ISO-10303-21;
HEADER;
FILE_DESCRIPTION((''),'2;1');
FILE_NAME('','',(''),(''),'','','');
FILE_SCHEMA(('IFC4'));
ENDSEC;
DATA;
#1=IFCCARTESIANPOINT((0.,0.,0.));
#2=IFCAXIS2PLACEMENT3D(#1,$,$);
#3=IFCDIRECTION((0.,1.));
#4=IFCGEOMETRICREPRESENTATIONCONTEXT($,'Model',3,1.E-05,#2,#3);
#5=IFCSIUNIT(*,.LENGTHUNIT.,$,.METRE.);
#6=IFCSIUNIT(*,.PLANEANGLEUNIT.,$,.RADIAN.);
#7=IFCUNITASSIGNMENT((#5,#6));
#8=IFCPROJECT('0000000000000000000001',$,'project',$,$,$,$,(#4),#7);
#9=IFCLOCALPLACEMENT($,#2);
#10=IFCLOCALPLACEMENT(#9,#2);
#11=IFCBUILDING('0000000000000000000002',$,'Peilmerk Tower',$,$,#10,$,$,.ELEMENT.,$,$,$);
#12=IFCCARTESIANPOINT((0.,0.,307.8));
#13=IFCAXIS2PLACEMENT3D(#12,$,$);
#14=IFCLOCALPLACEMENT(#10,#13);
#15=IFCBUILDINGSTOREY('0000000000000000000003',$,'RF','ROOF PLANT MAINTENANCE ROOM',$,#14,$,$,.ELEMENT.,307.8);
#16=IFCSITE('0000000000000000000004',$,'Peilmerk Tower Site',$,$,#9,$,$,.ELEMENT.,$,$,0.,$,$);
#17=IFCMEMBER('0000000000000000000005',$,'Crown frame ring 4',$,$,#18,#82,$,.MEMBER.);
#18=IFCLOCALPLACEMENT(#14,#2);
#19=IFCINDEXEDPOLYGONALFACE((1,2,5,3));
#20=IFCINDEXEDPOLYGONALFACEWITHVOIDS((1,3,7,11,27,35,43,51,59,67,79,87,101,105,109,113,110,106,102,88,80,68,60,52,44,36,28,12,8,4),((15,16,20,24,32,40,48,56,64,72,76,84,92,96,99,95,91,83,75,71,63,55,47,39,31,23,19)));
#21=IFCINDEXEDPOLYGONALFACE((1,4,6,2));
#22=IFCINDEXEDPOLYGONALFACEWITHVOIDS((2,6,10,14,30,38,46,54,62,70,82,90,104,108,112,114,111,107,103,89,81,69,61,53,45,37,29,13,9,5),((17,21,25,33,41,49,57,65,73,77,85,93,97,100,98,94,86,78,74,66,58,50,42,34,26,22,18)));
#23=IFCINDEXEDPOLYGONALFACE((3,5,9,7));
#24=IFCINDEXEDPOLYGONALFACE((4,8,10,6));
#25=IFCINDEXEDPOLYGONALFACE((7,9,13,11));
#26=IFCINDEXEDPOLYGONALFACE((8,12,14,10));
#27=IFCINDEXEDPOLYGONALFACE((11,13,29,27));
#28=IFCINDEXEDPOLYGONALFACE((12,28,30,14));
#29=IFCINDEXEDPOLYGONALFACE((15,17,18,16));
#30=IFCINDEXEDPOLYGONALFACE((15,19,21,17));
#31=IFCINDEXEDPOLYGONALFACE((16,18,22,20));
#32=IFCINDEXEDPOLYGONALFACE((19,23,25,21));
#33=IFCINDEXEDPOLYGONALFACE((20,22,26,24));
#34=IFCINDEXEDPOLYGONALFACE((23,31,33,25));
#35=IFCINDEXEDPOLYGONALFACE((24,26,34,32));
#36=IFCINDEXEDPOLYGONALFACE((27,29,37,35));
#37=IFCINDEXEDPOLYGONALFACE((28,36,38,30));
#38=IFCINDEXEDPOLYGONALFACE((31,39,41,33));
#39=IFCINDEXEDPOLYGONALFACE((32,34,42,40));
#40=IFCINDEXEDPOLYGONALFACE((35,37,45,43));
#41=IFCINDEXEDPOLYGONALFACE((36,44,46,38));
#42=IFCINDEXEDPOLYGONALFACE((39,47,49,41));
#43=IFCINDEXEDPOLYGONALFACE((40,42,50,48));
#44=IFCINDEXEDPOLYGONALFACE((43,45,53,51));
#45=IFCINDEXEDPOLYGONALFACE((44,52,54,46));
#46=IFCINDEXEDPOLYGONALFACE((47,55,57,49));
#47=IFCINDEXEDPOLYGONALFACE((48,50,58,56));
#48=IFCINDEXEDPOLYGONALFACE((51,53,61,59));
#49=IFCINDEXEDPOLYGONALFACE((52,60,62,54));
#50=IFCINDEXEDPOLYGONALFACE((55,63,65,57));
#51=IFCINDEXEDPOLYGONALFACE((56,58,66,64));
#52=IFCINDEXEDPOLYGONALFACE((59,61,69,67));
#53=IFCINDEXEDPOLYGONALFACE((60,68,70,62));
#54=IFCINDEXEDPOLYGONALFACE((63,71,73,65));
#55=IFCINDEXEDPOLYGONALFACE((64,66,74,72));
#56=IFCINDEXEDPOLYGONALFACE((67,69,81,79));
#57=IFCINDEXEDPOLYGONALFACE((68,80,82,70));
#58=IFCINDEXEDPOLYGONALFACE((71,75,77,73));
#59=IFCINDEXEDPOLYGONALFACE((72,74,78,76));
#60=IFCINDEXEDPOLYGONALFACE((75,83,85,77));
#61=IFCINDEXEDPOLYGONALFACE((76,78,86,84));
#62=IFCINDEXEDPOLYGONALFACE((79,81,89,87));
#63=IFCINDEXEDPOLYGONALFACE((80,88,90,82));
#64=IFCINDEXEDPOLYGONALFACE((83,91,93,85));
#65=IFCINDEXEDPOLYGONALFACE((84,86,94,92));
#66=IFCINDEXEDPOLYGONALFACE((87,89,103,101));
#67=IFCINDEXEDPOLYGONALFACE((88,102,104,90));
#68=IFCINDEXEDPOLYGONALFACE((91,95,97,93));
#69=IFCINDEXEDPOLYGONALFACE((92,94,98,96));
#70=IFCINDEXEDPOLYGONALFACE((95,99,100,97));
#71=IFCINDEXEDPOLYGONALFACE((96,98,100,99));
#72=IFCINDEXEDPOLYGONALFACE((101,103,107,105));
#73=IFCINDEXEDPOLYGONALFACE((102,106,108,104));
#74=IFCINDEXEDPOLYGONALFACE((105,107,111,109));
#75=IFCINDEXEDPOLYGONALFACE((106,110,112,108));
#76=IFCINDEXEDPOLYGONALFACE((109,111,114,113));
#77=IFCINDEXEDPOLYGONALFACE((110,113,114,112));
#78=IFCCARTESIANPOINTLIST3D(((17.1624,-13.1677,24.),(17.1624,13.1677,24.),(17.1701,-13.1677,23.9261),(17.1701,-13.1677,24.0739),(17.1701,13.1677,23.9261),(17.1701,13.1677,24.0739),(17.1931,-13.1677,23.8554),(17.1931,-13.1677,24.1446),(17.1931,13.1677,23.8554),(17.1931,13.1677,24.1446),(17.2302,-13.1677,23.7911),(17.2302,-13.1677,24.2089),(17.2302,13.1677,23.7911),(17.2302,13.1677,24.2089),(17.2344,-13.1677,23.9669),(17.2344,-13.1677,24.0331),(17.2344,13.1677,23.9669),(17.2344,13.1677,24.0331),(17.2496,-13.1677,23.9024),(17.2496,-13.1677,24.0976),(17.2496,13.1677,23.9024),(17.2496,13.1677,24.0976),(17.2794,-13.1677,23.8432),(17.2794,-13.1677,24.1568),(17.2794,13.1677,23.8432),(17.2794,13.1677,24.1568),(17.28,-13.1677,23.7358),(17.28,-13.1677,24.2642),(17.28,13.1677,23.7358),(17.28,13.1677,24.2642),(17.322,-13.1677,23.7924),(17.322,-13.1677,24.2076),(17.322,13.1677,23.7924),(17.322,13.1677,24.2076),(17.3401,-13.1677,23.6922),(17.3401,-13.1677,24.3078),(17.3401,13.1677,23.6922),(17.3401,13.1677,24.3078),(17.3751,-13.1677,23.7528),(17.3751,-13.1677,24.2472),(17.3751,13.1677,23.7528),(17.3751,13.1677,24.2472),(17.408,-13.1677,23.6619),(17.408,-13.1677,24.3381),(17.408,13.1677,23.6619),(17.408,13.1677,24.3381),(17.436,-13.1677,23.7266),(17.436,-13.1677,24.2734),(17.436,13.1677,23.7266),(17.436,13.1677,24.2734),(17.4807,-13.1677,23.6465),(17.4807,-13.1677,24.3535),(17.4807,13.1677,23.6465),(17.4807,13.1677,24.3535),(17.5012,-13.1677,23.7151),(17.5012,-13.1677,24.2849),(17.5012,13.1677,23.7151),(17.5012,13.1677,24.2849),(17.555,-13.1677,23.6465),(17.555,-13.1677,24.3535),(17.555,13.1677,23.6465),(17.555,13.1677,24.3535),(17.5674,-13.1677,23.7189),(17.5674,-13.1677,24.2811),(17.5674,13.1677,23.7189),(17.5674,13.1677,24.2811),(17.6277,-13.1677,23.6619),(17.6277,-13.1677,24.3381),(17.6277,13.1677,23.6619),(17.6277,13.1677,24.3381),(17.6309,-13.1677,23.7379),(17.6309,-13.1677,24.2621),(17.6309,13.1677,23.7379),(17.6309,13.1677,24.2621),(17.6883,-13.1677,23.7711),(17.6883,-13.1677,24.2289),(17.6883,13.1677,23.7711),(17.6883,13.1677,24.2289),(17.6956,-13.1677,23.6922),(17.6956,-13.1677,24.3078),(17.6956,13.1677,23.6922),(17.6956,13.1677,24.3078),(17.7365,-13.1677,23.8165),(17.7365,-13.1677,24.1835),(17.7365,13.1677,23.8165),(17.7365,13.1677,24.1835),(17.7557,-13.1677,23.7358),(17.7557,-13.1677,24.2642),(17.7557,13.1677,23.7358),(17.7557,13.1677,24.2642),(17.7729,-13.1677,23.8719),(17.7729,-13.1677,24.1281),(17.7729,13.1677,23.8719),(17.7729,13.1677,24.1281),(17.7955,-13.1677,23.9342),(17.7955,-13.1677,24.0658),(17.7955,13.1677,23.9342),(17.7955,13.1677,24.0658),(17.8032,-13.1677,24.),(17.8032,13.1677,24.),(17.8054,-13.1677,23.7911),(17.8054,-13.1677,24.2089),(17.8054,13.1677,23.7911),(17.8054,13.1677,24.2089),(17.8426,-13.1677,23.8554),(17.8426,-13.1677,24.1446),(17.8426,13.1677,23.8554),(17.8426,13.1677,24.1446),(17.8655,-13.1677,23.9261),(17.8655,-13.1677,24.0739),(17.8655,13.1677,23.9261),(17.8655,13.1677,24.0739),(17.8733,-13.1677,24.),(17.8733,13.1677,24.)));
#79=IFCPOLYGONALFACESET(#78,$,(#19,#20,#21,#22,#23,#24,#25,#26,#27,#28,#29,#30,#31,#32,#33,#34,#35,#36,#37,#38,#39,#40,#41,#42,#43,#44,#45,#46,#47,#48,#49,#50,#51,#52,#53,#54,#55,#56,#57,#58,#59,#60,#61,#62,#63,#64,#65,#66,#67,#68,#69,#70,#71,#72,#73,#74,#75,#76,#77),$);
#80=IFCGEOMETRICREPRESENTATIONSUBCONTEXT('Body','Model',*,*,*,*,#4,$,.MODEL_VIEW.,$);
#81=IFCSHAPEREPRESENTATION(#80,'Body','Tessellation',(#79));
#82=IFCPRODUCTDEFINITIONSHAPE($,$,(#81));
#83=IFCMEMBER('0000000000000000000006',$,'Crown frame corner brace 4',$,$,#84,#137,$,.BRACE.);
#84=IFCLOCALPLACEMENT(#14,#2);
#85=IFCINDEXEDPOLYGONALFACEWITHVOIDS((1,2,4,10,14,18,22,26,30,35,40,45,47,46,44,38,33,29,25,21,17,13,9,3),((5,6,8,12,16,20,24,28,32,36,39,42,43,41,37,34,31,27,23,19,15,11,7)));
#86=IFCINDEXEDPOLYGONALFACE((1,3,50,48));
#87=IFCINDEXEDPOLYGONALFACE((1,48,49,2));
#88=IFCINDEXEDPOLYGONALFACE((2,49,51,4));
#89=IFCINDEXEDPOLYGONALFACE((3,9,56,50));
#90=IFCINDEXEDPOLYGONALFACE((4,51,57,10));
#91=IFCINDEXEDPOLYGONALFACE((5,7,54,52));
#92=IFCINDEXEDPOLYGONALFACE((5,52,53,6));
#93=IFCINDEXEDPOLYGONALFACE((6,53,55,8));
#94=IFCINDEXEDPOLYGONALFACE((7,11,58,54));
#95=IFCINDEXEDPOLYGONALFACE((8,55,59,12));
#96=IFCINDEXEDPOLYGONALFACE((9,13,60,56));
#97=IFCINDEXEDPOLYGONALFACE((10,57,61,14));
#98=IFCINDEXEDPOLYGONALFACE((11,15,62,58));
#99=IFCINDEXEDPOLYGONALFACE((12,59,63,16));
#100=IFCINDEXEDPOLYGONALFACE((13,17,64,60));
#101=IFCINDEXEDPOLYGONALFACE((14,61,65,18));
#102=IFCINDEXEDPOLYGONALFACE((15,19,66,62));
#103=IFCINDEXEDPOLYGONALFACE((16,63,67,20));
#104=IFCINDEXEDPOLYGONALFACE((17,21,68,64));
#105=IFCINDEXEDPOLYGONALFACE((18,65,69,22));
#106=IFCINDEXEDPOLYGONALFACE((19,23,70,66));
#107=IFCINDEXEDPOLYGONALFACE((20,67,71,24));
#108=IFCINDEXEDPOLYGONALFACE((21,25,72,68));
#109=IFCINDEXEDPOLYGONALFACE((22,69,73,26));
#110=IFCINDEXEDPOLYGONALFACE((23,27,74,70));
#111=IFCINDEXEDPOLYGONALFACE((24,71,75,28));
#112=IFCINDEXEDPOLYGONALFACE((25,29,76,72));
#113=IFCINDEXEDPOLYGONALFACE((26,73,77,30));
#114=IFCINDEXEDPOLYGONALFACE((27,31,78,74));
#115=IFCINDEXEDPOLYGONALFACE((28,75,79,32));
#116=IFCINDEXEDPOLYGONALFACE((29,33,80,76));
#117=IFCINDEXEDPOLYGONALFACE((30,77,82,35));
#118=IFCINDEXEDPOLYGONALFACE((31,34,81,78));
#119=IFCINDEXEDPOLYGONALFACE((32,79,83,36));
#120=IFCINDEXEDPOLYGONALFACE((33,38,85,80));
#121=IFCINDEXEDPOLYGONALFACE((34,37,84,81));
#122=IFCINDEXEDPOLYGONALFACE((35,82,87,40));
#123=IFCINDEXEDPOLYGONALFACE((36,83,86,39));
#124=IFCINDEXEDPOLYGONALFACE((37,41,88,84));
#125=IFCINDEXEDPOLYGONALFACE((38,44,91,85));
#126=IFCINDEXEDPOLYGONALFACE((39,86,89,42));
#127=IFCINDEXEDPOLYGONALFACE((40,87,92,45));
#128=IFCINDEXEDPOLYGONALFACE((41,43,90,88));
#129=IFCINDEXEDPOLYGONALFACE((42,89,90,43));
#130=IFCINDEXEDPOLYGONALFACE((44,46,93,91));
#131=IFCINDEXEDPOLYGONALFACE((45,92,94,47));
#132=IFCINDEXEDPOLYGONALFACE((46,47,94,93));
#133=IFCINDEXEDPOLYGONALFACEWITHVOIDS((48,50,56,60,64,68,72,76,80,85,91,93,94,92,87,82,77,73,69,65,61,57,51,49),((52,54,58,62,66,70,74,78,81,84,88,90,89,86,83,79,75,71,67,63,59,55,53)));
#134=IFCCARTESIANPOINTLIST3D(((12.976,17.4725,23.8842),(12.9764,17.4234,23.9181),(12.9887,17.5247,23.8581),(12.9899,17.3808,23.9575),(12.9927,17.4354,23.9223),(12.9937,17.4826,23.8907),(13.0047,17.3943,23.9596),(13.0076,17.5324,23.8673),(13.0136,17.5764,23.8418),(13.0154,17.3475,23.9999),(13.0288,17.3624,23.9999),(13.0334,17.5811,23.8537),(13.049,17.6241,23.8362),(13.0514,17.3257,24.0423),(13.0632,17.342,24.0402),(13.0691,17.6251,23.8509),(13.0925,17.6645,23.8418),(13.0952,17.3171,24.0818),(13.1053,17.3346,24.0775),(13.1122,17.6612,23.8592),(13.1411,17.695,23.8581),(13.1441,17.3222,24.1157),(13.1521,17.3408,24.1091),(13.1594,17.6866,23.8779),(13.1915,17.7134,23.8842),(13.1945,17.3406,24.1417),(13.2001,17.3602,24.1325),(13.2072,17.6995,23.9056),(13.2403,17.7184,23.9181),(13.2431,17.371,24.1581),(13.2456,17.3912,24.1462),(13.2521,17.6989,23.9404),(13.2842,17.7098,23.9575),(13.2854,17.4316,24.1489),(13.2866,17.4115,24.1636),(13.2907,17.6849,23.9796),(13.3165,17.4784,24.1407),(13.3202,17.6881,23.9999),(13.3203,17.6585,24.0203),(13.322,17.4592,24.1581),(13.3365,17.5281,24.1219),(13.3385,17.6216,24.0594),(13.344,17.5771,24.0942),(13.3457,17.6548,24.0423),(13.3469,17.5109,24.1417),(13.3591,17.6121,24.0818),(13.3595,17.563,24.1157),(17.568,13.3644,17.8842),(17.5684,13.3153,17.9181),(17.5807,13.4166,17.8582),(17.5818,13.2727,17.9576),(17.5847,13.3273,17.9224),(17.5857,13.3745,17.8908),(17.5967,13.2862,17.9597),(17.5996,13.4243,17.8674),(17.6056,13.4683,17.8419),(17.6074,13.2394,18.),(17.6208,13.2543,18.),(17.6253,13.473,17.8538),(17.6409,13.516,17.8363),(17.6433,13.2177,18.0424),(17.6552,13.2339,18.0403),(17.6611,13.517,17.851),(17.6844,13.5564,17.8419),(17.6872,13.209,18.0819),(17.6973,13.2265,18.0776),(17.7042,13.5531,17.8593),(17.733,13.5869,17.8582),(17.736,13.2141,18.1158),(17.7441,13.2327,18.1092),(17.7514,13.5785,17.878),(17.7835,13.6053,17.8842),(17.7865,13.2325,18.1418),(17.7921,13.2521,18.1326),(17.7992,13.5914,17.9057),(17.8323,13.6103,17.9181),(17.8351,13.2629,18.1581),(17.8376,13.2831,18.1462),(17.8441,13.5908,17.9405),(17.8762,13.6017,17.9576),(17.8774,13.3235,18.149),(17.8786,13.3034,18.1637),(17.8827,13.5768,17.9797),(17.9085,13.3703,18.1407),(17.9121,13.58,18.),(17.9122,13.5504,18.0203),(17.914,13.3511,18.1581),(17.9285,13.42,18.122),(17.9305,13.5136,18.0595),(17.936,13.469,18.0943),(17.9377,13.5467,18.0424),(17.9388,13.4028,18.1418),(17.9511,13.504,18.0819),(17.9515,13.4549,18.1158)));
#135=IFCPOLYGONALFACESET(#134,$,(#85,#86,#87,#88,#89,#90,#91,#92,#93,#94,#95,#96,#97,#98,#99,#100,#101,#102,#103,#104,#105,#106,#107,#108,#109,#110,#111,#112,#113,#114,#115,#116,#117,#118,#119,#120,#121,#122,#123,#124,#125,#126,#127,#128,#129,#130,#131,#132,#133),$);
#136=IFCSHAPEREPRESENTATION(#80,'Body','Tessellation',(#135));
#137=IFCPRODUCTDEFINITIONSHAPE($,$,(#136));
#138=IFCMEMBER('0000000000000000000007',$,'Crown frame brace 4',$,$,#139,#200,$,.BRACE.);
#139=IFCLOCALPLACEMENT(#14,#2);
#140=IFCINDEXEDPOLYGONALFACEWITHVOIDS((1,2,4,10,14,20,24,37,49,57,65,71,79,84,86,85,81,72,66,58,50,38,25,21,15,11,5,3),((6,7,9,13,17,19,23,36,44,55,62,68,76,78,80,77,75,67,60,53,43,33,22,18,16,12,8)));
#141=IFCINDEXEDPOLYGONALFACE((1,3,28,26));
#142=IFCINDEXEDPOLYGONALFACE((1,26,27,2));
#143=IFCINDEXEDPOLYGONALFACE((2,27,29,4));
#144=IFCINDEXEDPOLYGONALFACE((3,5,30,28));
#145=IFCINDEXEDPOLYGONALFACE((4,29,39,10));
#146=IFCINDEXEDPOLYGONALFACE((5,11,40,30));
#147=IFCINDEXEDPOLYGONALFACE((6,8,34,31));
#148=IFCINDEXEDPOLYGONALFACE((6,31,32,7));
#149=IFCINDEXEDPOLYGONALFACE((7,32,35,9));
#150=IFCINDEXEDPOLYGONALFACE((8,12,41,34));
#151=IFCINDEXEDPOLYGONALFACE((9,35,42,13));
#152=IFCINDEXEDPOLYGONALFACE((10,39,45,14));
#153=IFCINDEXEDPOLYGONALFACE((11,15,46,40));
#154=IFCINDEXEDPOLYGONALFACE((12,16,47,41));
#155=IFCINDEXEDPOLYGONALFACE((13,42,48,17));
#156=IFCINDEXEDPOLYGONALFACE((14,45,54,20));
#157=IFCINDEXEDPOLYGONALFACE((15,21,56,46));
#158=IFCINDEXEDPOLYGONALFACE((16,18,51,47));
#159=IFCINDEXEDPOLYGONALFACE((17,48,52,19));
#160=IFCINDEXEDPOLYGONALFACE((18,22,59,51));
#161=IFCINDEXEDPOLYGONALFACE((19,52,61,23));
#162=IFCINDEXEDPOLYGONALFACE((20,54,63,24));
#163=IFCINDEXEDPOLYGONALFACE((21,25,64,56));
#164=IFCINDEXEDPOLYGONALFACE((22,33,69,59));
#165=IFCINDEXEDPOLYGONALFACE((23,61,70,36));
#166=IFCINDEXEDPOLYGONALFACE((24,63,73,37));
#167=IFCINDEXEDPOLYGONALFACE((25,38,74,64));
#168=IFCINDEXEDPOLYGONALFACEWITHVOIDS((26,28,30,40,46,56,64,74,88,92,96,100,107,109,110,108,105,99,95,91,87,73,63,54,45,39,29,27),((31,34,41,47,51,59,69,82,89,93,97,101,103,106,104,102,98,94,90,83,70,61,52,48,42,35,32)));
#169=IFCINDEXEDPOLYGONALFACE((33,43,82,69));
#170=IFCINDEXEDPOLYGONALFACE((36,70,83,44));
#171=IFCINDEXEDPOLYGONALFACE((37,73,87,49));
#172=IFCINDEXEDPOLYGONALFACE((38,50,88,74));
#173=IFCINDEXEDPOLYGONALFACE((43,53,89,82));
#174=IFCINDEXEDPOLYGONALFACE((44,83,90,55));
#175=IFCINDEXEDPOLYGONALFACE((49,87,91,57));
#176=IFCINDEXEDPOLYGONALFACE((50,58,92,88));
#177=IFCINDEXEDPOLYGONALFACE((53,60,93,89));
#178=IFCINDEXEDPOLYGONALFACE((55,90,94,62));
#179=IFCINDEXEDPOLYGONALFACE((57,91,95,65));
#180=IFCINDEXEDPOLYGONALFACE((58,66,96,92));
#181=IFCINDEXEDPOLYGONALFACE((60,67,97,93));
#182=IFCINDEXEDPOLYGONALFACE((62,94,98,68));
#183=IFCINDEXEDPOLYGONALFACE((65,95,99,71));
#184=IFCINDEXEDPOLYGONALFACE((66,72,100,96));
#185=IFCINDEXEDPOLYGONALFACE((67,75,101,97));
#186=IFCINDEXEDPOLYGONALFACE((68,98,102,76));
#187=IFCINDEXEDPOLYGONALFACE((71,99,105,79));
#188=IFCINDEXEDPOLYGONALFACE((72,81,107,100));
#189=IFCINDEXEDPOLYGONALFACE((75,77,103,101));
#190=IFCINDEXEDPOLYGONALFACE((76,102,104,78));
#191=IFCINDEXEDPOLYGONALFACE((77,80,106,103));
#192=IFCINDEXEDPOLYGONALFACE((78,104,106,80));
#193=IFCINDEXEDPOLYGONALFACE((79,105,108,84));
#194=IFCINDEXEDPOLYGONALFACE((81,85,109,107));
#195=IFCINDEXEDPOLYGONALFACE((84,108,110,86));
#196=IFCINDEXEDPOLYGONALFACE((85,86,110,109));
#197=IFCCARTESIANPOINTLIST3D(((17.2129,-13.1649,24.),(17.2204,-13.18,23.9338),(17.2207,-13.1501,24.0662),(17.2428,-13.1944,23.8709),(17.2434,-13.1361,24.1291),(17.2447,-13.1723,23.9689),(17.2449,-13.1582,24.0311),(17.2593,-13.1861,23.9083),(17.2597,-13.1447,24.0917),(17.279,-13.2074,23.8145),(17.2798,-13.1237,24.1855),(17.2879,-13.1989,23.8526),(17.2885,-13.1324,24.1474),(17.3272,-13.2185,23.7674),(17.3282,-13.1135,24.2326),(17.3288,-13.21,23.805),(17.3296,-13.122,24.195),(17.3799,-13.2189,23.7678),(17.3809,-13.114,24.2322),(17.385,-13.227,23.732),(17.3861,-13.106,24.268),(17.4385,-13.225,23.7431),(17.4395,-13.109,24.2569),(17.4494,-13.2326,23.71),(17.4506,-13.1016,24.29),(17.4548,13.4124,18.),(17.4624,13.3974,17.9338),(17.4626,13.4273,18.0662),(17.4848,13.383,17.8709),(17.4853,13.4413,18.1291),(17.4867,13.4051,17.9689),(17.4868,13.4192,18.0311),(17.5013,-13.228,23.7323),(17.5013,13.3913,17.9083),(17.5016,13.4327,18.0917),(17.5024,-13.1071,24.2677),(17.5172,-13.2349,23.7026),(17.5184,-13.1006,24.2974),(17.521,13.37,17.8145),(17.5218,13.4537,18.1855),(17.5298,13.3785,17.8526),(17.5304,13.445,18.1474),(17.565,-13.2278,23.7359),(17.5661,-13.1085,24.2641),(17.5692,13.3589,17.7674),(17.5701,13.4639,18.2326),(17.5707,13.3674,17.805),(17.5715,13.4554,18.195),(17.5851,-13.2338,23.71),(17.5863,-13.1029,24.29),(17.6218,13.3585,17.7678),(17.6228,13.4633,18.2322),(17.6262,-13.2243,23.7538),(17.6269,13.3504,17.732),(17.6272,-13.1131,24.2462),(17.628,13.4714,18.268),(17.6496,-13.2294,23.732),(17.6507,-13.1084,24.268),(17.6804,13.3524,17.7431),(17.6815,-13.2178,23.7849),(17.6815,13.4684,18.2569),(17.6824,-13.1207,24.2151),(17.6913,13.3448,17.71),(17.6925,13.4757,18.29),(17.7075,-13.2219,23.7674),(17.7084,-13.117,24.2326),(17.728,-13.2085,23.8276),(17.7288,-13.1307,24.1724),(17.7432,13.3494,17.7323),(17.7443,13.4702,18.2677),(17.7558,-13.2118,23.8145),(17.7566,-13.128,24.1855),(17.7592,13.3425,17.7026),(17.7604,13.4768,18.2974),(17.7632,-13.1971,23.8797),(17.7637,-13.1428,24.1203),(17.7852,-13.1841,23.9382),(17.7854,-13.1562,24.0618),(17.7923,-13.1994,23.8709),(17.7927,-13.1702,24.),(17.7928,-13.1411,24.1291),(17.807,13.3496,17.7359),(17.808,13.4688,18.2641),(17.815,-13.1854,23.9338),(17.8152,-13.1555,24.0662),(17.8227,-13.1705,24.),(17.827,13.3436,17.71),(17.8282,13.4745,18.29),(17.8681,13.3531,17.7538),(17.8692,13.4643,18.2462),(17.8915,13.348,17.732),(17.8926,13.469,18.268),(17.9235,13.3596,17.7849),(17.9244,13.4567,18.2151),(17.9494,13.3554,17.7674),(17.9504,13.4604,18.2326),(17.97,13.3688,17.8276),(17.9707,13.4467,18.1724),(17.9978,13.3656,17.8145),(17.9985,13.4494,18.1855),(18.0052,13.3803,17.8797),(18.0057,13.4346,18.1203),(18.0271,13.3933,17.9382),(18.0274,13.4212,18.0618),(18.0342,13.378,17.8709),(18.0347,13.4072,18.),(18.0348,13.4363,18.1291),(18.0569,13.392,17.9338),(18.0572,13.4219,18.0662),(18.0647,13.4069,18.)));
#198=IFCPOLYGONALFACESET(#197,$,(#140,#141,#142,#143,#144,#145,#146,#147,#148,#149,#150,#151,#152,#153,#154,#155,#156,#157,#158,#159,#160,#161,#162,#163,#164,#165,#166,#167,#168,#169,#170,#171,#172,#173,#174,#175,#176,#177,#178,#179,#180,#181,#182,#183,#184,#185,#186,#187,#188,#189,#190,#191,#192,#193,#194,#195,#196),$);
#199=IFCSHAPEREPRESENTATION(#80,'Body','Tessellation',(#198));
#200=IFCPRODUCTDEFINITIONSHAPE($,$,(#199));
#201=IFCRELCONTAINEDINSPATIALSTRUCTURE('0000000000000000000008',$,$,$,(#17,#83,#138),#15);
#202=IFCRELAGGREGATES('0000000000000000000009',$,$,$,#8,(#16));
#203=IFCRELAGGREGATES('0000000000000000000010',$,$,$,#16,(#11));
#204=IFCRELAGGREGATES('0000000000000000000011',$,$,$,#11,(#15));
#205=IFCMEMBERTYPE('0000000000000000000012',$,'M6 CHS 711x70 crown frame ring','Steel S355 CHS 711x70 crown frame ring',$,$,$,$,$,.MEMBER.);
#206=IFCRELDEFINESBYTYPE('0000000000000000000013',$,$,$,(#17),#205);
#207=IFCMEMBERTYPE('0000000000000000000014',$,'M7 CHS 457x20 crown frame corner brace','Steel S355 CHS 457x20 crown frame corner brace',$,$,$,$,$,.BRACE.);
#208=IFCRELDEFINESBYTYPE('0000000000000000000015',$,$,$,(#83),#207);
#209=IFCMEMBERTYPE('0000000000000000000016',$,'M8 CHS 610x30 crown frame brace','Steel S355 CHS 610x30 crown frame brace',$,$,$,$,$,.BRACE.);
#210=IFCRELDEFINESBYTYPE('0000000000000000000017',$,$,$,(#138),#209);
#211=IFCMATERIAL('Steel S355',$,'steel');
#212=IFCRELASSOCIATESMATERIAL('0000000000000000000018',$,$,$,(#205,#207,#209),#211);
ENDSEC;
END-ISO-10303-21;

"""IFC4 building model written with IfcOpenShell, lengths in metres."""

from ifc_helpers import new_model, si_unit, direction, frame, origin, origin_2d, place, context, subcontext, project, spatial, hollow_circle, extrude, material, material_profile, profile_set, type_object, element, save


model = new_model("IFC4")

# Units and contexts
model_context = context("Model", 3, precision=1e-05, world=origin(), true_north=direction((0.0, 1.0)))
body_context = subcontext(model_context, "Body", "Model", "MODEL_VIEW")
ifc_project = project(units=[si_unit("LENGTHUNIT", "METRE"), si_unit("PLANEANGLEUNIT", "RADIAN")], contexts=[model_context])

# Site, building, storey
site_placement = place(None, origin())
site = spatial("IfcSite", under=ifc_project, at=site_placement, Name="Peilmerk Tower Site", CompositionType="ELEMENT", RefElevation=0.0)
building_placement = place(site_placement, origin())
building = spatial("IfcBuilding", under=site, at=building_placement, Name="Peilmerk Tower", CompositionType="ELEMENT")
storey_placement = place(building_placement, frame((0.0, 0.0, 307.8)))
storey = spatial("IfcBuildingStorey", under=building, at=storey_placement, Name="RF", Description="ROOF PLANT MAINTENANCE ROOM", CompositionType="ELEMENT", Elevation=307.8)

# Shared definitions
ifc_material_1 = material(Name="Steel S355", Category="steel")

# Members
ifc_material_profile_1 = material_profile(ifc_material_1, hollow_circle(Radius=0.3555, WallThickness=0.0701, at=origin_2d()), Name="CHS 711x70")
ifc_profile_set_1 = profile_set([ifc_material_profile_1], Name="Steel S355")
member_type_1 = type_object("IfcMemberType", Name="M6 CHS 711x70 crown frame ring", Description="Steel S355 CHS 711x70 crown frame ring", PredefinedType="MEMBER", material=ifc_profile_set_1)
member_1_placement = place(storey_placement, frame((17.5178, 13.1677, 24.0), z_axis=(0.0, -1.0, 0.0), x_axis=(1.0, 0.0, 0.0)))
element("IfcMember", 1, at=member_1_placement, inside=storey, type_object=member_type_1, Name="Crown frame ring 4", PredefinedType="MEMBER", context=body_context, shape_type="SweptSolid", body=[
    extrude(hollow_circle(Radius=0.3555, WallThickness=0.0701, at=origin_2d()), origin(), (0.0, 0.0, 1.0), 26.3354),
])
ifc_material_profile_2 = material_profile(ifc_material_1, hollow_circle(Radius=0.2285, WallThickness=0.02, at=origin_2d()), Name="CHS 457x20")
ifc_profile_set_2 = profile_set([ifc_material_profile_2], Name="Steel S355")
member_type_2 = type_object("IfcMemberType", Name="M7 CHS 457x20 crown frame corner brace", Description="Steel S355 CHS 457x20 crown frame corner brace", PredefinedType="BRACE", material=ifc_profile_set_2)
member_2_placement = place(storey_placement, frame((17.7598, 13.4097, 18.0), z_axis=(-0.533945, 0.47768, 0.697657), x_axis=(-0.666749, -0.745283, 0.0)))
element("IfcMember", 2, at=member_2_placement, inside=storey, type_object=member_type_2, Name="Crown frame corner brace 4", PredefinedType="BRACE", context=body_context, shape_type="SweptSolid", body=[
    extrude(hollow_circle(Radius=0.2285, WallThickness=0.02, at=origin_2d()), origin(), (0.0, 0.0, 1.0), 8.6001),
])
ifc_material_profile_3 = material_profile(ifc_material_1, hollow_circle(Radius=0.3049, WallThickness=0.03, at=origin_2d()), Name="CHS 610x30")
ifc_profile_set_3 = profile_set([ifc_material_profile_3], Name="Steel S355")
member_type_3 = type_object("IfcMemberType", Name="M8 CHS 610x30 crown frame brace", Description="Steel S355 CHS 610x30 crown frame brace", PredefinedType="BRACE", material=ifc_profile_set_3)
member_3_placement = place(storey_placement, frame((17.7598, 13.4097, 18.0), z_axis=(-0.00888, -0.975413, 0.220205), x_axis=(0.999959, -0.009103, 0.0)))
element("IfcMember", 3, at=member_3_placement, inside=storey, type_object=member_type_3, Name="Crown frame brace 4", PredefinedType="BRACE", context=body_context, shape_type="SweptSolid", body=[
    extrude(hollow_circle(Radius=0.3049, WallThickness=0.03, at=origin_2d()), origin(), (0.0, 0.0, 1.0), 27.2473),
])

save(model, "model.ifc")
